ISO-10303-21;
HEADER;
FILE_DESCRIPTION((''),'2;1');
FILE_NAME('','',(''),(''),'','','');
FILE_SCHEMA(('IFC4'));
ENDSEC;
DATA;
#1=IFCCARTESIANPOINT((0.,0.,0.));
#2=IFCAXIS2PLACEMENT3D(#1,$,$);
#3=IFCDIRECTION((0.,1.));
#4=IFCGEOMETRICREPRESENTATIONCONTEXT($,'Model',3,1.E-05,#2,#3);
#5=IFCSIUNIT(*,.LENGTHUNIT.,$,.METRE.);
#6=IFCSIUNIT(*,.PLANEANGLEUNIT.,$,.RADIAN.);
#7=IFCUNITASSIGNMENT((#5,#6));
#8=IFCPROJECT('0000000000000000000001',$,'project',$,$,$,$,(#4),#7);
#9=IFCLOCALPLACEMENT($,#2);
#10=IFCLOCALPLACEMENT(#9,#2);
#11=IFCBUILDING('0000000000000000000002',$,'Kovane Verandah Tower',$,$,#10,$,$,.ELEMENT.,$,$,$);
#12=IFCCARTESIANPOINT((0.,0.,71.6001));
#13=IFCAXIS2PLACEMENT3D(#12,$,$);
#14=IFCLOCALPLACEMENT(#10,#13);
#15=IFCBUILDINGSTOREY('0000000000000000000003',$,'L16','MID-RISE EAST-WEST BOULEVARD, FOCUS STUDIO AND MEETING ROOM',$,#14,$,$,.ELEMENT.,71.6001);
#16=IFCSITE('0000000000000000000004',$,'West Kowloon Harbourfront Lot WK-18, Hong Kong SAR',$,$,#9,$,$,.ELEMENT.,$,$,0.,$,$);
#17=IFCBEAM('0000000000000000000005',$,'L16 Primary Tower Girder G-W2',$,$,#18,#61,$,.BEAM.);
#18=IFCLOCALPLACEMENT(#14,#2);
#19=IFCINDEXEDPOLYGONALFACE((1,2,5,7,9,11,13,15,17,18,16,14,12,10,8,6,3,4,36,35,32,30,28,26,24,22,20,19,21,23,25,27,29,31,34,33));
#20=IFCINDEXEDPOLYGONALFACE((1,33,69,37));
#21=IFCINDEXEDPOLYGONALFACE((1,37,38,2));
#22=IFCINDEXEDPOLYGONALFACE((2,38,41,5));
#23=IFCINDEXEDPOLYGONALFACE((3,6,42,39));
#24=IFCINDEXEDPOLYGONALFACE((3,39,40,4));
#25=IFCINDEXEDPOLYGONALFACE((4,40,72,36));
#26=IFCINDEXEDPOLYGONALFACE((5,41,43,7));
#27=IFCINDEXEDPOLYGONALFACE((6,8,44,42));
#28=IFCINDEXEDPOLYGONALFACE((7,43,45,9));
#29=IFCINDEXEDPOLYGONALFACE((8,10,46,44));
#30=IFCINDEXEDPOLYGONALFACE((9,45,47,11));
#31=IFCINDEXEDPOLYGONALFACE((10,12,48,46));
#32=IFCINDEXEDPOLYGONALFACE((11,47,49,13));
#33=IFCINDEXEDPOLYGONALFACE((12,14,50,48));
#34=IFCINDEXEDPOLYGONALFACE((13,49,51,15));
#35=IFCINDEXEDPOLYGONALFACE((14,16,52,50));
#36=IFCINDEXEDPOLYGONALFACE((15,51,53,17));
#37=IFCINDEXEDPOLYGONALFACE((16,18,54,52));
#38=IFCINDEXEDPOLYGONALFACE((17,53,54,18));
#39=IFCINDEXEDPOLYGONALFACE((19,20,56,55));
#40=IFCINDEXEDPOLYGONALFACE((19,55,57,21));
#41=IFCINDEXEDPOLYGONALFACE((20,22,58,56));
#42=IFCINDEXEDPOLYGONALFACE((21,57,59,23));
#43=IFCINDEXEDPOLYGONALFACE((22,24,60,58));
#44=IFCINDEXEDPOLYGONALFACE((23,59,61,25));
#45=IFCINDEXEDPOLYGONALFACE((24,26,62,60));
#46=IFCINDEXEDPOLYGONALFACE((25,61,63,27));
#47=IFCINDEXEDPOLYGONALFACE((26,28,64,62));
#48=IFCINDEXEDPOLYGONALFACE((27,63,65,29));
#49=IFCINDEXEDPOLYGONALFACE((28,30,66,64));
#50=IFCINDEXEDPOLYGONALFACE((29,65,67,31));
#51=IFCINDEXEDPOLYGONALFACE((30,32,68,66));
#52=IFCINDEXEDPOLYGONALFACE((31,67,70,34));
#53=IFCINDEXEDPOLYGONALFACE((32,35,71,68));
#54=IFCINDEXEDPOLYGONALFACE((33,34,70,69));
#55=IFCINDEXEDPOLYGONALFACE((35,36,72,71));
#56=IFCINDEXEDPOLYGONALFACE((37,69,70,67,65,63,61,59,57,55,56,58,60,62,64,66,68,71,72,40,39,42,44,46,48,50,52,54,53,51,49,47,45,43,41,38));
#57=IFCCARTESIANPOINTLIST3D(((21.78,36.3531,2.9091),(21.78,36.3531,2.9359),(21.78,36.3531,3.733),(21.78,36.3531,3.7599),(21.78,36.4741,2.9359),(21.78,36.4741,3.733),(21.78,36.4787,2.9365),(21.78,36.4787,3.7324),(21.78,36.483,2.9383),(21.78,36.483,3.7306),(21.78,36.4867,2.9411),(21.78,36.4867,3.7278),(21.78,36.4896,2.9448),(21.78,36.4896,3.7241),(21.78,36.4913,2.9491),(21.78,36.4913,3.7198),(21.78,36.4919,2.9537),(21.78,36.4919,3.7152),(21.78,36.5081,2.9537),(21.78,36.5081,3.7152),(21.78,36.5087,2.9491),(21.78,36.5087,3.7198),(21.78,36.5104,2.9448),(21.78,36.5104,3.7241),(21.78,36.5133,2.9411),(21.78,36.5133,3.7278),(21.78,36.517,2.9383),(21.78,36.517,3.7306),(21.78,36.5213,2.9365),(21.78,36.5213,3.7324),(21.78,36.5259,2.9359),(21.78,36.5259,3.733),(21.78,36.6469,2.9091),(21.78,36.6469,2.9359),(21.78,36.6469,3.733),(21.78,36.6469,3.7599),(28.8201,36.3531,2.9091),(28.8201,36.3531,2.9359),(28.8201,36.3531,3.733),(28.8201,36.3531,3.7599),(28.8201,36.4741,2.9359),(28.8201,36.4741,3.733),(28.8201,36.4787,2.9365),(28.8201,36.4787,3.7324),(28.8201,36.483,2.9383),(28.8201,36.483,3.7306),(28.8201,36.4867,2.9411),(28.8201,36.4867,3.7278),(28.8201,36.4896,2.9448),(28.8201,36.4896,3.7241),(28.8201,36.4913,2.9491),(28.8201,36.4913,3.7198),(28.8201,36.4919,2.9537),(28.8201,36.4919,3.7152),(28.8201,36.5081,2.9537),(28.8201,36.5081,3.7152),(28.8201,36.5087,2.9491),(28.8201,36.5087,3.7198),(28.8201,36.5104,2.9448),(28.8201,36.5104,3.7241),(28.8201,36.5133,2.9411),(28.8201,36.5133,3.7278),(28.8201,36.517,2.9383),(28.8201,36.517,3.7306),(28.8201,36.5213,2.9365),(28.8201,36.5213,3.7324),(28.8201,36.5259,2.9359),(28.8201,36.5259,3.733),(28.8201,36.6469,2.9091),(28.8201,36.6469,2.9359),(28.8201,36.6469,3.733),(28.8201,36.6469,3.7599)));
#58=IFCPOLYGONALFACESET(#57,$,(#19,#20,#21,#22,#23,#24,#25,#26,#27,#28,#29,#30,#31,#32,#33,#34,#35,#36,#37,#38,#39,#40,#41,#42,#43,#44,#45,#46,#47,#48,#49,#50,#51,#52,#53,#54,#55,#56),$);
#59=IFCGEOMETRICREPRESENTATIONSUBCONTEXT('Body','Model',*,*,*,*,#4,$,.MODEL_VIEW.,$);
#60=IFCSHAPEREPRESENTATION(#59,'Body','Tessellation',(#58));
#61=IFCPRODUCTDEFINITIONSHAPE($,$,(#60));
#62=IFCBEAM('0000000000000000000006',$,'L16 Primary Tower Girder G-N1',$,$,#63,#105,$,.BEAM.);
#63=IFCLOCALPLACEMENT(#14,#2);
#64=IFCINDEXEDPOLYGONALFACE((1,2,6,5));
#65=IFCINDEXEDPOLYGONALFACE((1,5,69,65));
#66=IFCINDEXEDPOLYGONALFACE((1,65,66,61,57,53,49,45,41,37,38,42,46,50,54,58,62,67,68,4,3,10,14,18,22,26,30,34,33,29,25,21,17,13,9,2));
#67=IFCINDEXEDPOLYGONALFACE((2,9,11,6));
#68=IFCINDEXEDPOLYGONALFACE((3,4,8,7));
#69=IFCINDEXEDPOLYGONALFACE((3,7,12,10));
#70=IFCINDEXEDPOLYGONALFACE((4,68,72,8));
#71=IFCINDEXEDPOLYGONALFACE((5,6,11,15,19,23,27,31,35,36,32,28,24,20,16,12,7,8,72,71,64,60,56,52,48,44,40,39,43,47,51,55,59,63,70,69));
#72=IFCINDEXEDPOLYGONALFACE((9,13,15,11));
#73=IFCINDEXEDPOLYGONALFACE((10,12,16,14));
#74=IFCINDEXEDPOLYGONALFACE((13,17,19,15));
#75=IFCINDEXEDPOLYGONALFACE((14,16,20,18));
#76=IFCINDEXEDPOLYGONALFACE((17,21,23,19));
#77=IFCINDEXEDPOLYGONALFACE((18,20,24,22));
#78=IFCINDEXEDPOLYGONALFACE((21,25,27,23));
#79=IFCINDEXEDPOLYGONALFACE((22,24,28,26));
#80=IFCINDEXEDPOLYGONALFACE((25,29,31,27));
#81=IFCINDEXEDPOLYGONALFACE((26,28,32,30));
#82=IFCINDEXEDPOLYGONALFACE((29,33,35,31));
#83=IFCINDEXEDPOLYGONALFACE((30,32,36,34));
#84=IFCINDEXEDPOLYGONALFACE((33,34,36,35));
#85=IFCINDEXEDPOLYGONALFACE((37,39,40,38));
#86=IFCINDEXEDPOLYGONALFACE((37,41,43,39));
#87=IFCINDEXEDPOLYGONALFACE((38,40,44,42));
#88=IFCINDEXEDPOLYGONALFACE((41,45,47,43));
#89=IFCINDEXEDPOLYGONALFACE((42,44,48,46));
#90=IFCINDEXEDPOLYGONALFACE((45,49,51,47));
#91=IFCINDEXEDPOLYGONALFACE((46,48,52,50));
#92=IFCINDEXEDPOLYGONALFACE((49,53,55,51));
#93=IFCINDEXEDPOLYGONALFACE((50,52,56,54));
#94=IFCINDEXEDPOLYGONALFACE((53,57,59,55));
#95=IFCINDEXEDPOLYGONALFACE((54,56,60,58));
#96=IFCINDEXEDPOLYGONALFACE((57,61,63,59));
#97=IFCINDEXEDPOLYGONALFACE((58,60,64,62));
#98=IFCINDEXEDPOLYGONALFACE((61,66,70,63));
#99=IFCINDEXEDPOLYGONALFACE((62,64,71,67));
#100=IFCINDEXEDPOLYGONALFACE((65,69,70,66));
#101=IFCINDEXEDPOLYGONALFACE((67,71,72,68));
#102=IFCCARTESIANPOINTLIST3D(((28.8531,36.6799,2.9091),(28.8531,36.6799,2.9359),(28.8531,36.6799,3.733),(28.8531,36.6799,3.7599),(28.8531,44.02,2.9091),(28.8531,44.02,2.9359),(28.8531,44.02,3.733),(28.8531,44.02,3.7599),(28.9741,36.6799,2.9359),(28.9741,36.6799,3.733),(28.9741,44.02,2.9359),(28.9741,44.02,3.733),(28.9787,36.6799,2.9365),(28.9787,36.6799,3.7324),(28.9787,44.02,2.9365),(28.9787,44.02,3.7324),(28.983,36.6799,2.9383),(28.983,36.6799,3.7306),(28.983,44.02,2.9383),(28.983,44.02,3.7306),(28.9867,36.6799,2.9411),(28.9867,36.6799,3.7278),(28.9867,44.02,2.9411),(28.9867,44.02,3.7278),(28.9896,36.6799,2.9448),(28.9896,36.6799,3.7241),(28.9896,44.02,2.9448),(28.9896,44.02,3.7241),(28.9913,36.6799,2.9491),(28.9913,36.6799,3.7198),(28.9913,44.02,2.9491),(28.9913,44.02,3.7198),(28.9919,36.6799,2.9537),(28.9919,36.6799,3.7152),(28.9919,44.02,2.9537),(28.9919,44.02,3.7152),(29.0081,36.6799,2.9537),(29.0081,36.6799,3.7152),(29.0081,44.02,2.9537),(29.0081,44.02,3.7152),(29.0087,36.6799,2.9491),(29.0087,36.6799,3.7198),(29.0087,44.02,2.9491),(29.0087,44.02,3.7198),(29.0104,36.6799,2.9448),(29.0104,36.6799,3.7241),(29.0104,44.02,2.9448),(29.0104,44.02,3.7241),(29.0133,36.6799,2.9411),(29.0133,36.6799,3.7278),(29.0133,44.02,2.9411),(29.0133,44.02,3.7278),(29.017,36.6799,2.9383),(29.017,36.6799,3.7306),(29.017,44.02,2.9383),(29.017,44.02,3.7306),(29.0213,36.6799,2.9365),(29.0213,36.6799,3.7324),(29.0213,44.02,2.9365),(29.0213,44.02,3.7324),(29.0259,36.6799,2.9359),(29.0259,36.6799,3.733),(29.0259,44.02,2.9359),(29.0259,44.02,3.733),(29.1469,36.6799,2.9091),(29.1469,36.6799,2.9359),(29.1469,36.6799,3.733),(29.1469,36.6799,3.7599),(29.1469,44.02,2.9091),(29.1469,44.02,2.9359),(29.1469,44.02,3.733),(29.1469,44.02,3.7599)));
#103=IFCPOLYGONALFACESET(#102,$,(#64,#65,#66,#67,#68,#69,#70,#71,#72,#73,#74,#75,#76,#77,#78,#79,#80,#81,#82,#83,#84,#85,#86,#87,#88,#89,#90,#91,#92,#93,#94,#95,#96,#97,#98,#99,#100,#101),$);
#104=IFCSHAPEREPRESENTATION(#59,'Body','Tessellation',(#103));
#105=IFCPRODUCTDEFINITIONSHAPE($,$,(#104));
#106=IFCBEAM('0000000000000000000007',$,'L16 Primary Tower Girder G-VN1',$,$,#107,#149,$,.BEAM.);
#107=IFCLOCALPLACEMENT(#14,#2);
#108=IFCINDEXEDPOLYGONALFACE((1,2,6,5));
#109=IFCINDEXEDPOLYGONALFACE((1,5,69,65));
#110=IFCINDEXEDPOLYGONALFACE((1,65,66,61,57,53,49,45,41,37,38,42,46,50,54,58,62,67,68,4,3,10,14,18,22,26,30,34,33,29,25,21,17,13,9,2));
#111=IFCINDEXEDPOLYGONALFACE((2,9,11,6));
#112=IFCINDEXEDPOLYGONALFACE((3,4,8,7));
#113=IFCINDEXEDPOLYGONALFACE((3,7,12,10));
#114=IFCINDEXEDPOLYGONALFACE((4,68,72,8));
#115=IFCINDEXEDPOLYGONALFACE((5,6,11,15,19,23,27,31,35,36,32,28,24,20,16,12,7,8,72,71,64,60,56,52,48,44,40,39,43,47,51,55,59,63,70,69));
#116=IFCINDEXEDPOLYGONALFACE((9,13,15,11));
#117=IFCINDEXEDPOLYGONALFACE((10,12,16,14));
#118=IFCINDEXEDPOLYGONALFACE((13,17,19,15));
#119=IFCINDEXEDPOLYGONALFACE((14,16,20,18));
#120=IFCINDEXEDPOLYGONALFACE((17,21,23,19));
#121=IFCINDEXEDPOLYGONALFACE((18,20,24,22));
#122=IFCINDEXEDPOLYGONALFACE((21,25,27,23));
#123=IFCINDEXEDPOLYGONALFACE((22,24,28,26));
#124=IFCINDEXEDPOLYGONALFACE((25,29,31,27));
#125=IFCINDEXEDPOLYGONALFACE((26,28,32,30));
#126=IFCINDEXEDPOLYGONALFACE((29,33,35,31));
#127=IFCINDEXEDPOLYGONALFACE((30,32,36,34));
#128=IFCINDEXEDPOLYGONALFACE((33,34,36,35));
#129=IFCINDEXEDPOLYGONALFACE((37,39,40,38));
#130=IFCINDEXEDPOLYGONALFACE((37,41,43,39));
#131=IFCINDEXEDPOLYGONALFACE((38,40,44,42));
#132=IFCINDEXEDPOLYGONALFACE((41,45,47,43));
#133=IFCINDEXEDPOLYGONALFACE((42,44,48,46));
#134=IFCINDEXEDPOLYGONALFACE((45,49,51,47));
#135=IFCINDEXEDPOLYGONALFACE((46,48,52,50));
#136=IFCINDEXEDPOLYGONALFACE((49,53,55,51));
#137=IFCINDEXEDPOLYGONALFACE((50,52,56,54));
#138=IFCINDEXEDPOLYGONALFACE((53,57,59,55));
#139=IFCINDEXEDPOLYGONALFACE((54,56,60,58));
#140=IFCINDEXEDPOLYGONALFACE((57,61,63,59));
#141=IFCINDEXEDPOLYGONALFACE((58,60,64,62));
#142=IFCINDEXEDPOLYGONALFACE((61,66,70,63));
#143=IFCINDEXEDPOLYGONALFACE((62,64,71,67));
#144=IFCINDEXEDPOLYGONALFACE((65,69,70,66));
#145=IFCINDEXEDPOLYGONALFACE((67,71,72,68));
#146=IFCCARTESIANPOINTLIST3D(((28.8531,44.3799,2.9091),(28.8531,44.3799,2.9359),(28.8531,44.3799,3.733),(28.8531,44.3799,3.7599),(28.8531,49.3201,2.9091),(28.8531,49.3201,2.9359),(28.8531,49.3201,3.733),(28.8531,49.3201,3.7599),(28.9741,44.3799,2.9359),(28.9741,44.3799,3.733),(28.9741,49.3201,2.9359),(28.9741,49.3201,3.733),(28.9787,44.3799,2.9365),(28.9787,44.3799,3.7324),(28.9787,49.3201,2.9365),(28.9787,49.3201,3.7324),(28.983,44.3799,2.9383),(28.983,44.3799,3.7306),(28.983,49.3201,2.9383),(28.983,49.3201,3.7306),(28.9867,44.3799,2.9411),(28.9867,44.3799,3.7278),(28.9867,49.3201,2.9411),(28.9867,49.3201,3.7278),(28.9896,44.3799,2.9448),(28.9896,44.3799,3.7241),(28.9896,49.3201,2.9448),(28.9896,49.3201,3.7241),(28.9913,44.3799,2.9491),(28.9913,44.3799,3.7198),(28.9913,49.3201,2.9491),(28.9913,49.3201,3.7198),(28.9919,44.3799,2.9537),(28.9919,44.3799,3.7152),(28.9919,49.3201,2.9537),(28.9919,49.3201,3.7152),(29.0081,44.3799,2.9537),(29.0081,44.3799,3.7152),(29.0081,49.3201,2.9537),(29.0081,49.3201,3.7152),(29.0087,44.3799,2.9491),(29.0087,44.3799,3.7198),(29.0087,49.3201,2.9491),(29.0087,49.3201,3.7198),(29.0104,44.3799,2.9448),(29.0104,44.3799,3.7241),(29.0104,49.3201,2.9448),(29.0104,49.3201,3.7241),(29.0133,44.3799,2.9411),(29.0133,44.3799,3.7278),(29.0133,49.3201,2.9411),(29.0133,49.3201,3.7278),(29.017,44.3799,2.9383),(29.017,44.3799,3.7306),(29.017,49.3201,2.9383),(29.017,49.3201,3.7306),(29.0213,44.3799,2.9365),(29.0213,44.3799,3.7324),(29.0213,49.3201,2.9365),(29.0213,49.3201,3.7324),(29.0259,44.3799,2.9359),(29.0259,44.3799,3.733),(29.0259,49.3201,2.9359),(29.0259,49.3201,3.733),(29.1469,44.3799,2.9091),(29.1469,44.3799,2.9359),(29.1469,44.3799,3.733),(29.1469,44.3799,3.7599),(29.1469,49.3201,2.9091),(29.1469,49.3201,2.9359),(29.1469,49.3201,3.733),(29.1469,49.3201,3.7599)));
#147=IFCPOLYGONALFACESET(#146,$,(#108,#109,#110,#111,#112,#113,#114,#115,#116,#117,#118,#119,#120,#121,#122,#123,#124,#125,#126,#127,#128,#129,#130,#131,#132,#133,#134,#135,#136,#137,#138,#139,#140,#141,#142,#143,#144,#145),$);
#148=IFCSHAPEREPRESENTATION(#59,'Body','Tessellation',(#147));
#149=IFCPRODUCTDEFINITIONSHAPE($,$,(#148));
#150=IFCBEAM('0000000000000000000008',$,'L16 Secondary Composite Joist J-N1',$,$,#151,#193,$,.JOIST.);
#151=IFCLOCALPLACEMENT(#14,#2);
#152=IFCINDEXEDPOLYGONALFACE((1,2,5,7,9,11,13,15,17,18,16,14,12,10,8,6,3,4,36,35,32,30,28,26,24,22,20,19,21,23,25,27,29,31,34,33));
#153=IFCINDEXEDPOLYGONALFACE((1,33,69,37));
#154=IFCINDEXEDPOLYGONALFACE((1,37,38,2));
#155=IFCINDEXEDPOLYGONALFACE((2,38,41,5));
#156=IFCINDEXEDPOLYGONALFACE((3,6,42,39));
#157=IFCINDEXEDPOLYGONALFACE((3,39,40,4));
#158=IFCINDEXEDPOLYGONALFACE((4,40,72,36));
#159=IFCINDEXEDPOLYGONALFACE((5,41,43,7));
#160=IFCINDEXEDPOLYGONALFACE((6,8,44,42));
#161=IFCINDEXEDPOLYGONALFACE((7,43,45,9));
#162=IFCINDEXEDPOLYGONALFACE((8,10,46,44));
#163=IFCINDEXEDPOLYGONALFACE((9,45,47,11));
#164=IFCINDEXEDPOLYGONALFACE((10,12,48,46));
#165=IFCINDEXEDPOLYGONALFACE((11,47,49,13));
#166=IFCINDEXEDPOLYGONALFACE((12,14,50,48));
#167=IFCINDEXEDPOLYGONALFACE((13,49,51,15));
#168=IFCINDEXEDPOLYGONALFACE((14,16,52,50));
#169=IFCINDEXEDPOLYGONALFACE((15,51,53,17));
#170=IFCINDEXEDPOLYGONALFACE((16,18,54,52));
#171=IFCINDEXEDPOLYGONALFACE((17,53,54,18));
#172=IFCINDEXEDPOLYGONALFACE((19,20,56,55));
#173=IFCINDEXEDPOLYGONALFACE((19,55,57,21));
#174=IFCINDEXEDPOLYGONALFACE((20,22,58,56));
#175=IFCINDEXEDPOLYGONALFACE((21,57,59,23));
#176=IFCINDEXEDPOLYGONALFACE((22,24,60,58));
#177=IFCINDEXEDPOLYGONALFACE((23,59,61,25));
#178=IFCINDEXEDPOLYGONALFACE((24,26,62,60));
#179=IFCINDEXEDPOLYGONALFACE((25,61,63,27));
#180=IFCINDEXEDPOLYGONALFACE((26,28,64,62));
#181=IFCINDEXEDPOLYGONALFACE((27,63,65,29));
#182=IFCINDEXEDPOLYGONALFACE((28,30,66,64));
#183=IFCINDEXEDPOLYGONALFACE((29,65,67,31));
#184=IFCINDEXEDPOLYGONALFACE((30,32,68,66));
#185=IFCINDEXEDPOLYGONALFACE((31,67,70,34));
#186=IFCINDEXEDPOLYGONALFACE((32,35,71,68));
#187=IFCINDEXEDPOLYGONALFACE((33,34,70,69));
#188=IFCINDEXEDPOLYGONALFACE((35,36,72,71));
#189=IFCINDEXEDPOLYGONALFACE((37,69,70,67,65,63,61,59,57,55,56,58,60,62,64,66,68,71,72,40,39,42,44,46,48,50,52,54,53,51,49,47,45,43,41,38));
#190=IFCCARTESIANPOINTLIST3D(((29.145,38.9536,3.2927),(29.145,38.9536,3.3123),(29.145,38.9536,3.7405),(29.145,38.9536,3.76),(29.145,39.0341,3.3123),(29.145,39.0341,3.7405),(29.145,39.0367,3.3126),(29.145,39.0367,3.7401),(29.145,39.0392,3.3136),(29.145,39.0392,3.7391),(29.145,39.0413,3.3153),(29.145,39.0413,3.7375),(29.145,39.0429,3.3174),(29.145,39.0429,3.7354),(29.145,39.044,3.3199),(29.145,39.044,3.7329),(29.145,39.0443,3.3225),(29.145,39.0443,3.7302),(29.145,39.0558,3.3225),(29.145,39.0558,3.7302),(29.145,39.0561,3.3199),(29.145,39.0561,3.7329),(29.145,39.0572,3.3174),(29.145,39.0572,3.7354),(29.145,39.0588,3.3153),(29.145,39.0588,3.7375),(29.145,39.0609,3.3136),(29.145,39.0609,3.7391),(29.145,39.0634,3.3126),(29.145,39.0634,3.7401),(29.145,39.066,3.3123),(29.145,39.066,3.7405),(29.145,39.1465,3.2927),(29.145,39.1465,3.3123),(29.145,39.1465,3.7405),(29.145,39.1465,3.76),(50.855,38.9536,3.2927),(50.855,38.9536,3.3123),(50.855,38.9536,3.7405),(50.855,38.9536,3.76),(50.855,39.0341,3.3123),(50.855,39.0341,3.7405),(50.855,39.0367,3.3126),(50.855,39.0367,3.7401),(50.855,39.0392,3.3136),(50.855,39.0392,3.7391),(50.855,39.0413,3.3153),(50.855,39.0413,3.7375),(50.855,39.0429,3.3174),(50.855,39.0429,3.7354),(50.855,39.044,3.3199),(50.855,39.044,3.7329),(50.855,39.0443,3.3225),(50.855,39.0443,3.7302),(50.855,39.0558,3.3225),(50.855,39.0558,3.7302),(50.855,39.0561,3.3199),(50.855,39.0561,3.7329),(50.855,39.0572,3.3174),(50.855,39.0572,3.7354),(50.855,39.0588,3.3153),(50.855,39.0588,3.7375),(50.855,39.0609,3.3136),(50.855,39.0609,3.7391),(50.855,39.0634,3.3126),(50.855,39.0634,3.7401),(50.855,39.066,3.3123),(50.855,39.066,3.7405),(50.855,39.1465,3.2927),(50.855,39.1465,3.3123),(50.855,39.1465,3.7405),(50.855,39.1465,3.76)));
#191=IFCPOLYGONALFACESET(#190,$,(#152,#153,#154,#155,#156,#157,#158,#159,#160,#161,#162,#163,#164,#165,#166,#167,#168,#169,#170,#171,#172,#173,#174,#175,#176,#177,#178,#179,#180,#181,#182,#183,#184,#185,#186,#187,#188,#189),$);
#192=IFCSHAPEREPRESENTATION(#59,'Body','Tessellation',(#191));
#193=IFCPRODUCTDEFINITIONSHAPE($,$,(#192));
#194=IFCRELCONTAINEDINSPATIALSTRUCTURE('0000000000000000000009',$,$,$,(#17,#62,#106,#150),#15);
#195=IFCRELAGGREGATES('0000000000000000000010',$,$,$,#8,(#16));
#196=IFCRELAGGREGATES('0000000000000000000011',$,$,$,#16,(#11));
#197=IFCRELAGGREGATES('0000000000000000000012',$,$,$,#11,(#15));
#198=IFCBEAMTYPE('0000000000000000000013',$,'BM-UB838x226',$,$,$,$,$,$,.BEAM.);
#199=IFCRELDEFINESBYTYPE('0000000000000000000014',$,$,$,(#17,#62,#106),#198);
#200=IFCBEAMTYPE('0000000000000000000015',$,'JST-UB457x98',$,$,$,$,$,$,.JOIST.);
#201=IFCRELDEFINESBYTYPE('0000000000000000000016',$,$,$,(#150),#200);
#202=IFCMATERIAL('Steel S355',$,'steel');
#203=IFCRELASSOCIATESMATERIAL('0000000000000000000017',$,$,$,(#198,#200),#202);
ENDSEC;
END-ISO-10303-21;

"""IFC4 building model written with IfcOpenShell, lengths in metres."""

from ifc_helpers import new_model, si_unit, direction, frame, origin, origin_2d, place, context, subcontext, project, spatial, i_section, extrude, material, material_profile, profile_set, type_object, element, save


model = new_model("IFC4")

# Units and contexts
model_context = context("Model", 3, precision=1e-05, world=origin(), true_north=direction((0.0, 1.0)))
body_context = subcontext(model_context, "Body", "Model", "MODEL_VIEW")
ifc_project = project(units=[si_unit("LENGTHUNIT", "METRE"), si_unit("PLANEANGLEUNIT", "RADIAN")], contexts=[model_context])

# Site, building, storey
site_placement = place(None, origin())
site = spatial("IfcSite", under=ifc_project, at=site_placement, Name="West Kowloon Harbourfront Lot WK-18, Hong Kong SAR", CompositionType="ELEMENT", RefElevation=0.0)
building_placement = place(site_placement, origin())
building = spatial("IfcBuilding", under=site, at=building_placement, Name="Kovane Verandah Tower", CompositionType="ELEMENT")
storey_placement = place(building_placement, frame((0.0, 0.0, 71.6001)))
storey = spatial("IfcBuildingStorey", under=building, at=storey_placement, Name="L16", Description="MID-RISE EAST-WEST BOULEVARD, FOCUS STUDIO AND MEETING ROOM", CompositionType="ELEMENT", Elevation=71.6001)

# Beams
ifc_material_1 = material(Name="Steel S355", Category="steel")
ifc_material_profile_1 = material_profile(ifc_material_1, i_section(OverallWidth=0.2937, OverallDepth=0.8508, WebThickness=0.0161, FlangeThickness=0.0269, FilletRadius=0.0178, at=origin_2d()), Name="UB838x292x226")
ifc_profile_set_1 = profile_set([ifc_material_profile_1], Name="Steel S355")
beam_type_1 = type_object("IfcBeamType", Name="BM-UB838x226", PredefinedType="BEAM", material=ifc_profile_set_1)
for number, where, z_axis, x_axis, name in (
    (1, (28.8201, 36.5, 3.3345), (-1.0, 0.0, 0.0), (0.0, -1.0, 0.0), "L16 Primary Tower Girder G-W2"),
):
    element("IfcBeam", number, at=place(storey_placement, frame(where, z_axis=z_axis, x_axis=x_axis)), inside=storey, type_object=beam_type_1, Name=name, PredefinedType="BEAM", context=body_context, shape_type="SweptSolid", body=[
        extrude(i_section(OverallWidth=0.2937, OverallDepth=0.8508, WebThickness=0.0161, FlangeThickness=0.0269, FilletRadius=0.0178, at=origin_2d()), origin(), (0.0, 0.0, 1.0), 7.04),
    ])
beam_1_placement = place(storey_placement, frame((29.0, 36.6799, 3.3345), z_axis=(0.0, 1.0, 0.0), x_axis=(-1.0, 0.0, 0.0)))
element("IfcBeam", 2, at=beam_1_placement, inside=storey, type_object=beam_type_1, Name="L16 Primary Tower Girder G-N1", PredefinedType="BEAM", context=body_context, shape_type="SweptSolid", body=[
    extrude(i_section(OverallWidth=0.2937, OverallDepth=0.8508, WebThickness=0.0161, FlangeThickness=0.0269, FilletRadius=0.0178, at=origin_2d()), origin(), (0.0, 0.0, 1.0), 7.3401),
])
beam_2_placement = place(storey_placement, frame((29.0, 44.3799, 3.3345), z_axis=(0.0, 1.0, 0.0), x_axis=(-1.0, 0.0, 0.0)))
element("IfcBeam", 3, at=beam_2_placement, inside=storey, type_object=beam_type_1, Name="L16 Primary Tower Girder G-VN1", PredefinedType="BEAM", context=body_context, shape_type="SweptSolid", body=[
    extrude(i_section(OverallWidth=0.2937, OverallDepth=0.8508, WebThickness=0.0161, FlangeThickness=0.0269, FilletRadius=0.0178, at=origin_2d()), origin(), (0.0, 0.0, 1.0), 4.9402),
])
ifc_material_profile_2 = material_profile(ifc_material_1, i_section(OverallWidth=0.1929, OverallDepth=0.4673, WebThickness=0.0115, FlangeThickness=0.0195, FilletRadius=0.0103, at=origin_2d()), Name="UB457x191x98")
ifc_profile_set_2 = profile_set([ifc_material_profile_2], Name="Steel S355")
beam_type_2 = type_object("IfcBeamType", Name="JST-UB457x98", PredefinedType="JOIST", material=ifc_profile_set_2)
for number, where, z_axis, x_axis, name in (
    (4, (29.145, 39.05, 3.5264), (1.0, 0.0, 0.0), (0.0, 1.0, 0.0), "L16 Secondary Composite Joist J-N1"),
):
    element("IfcBeam", number, at=place(storey_placement, frame(where, z_axis=z_axis, x_axis=x_axis)), inside=storey, type_object=beam_type_2, Name=name, PredefinedType="JOIST", context=body_context, shape_type="SweptSolid", body=[
        extrude(i_section(OverallWidth=0.1929, OverallDepth=0.4673, WebThickness=0.0115, FlangeThickness=0.0195, FilletRadius=0.0103, at=origin_2d()), origin(), (0.0, 0.0, 1.0), 21.71),
    ])

save(model, "model.ifc")
